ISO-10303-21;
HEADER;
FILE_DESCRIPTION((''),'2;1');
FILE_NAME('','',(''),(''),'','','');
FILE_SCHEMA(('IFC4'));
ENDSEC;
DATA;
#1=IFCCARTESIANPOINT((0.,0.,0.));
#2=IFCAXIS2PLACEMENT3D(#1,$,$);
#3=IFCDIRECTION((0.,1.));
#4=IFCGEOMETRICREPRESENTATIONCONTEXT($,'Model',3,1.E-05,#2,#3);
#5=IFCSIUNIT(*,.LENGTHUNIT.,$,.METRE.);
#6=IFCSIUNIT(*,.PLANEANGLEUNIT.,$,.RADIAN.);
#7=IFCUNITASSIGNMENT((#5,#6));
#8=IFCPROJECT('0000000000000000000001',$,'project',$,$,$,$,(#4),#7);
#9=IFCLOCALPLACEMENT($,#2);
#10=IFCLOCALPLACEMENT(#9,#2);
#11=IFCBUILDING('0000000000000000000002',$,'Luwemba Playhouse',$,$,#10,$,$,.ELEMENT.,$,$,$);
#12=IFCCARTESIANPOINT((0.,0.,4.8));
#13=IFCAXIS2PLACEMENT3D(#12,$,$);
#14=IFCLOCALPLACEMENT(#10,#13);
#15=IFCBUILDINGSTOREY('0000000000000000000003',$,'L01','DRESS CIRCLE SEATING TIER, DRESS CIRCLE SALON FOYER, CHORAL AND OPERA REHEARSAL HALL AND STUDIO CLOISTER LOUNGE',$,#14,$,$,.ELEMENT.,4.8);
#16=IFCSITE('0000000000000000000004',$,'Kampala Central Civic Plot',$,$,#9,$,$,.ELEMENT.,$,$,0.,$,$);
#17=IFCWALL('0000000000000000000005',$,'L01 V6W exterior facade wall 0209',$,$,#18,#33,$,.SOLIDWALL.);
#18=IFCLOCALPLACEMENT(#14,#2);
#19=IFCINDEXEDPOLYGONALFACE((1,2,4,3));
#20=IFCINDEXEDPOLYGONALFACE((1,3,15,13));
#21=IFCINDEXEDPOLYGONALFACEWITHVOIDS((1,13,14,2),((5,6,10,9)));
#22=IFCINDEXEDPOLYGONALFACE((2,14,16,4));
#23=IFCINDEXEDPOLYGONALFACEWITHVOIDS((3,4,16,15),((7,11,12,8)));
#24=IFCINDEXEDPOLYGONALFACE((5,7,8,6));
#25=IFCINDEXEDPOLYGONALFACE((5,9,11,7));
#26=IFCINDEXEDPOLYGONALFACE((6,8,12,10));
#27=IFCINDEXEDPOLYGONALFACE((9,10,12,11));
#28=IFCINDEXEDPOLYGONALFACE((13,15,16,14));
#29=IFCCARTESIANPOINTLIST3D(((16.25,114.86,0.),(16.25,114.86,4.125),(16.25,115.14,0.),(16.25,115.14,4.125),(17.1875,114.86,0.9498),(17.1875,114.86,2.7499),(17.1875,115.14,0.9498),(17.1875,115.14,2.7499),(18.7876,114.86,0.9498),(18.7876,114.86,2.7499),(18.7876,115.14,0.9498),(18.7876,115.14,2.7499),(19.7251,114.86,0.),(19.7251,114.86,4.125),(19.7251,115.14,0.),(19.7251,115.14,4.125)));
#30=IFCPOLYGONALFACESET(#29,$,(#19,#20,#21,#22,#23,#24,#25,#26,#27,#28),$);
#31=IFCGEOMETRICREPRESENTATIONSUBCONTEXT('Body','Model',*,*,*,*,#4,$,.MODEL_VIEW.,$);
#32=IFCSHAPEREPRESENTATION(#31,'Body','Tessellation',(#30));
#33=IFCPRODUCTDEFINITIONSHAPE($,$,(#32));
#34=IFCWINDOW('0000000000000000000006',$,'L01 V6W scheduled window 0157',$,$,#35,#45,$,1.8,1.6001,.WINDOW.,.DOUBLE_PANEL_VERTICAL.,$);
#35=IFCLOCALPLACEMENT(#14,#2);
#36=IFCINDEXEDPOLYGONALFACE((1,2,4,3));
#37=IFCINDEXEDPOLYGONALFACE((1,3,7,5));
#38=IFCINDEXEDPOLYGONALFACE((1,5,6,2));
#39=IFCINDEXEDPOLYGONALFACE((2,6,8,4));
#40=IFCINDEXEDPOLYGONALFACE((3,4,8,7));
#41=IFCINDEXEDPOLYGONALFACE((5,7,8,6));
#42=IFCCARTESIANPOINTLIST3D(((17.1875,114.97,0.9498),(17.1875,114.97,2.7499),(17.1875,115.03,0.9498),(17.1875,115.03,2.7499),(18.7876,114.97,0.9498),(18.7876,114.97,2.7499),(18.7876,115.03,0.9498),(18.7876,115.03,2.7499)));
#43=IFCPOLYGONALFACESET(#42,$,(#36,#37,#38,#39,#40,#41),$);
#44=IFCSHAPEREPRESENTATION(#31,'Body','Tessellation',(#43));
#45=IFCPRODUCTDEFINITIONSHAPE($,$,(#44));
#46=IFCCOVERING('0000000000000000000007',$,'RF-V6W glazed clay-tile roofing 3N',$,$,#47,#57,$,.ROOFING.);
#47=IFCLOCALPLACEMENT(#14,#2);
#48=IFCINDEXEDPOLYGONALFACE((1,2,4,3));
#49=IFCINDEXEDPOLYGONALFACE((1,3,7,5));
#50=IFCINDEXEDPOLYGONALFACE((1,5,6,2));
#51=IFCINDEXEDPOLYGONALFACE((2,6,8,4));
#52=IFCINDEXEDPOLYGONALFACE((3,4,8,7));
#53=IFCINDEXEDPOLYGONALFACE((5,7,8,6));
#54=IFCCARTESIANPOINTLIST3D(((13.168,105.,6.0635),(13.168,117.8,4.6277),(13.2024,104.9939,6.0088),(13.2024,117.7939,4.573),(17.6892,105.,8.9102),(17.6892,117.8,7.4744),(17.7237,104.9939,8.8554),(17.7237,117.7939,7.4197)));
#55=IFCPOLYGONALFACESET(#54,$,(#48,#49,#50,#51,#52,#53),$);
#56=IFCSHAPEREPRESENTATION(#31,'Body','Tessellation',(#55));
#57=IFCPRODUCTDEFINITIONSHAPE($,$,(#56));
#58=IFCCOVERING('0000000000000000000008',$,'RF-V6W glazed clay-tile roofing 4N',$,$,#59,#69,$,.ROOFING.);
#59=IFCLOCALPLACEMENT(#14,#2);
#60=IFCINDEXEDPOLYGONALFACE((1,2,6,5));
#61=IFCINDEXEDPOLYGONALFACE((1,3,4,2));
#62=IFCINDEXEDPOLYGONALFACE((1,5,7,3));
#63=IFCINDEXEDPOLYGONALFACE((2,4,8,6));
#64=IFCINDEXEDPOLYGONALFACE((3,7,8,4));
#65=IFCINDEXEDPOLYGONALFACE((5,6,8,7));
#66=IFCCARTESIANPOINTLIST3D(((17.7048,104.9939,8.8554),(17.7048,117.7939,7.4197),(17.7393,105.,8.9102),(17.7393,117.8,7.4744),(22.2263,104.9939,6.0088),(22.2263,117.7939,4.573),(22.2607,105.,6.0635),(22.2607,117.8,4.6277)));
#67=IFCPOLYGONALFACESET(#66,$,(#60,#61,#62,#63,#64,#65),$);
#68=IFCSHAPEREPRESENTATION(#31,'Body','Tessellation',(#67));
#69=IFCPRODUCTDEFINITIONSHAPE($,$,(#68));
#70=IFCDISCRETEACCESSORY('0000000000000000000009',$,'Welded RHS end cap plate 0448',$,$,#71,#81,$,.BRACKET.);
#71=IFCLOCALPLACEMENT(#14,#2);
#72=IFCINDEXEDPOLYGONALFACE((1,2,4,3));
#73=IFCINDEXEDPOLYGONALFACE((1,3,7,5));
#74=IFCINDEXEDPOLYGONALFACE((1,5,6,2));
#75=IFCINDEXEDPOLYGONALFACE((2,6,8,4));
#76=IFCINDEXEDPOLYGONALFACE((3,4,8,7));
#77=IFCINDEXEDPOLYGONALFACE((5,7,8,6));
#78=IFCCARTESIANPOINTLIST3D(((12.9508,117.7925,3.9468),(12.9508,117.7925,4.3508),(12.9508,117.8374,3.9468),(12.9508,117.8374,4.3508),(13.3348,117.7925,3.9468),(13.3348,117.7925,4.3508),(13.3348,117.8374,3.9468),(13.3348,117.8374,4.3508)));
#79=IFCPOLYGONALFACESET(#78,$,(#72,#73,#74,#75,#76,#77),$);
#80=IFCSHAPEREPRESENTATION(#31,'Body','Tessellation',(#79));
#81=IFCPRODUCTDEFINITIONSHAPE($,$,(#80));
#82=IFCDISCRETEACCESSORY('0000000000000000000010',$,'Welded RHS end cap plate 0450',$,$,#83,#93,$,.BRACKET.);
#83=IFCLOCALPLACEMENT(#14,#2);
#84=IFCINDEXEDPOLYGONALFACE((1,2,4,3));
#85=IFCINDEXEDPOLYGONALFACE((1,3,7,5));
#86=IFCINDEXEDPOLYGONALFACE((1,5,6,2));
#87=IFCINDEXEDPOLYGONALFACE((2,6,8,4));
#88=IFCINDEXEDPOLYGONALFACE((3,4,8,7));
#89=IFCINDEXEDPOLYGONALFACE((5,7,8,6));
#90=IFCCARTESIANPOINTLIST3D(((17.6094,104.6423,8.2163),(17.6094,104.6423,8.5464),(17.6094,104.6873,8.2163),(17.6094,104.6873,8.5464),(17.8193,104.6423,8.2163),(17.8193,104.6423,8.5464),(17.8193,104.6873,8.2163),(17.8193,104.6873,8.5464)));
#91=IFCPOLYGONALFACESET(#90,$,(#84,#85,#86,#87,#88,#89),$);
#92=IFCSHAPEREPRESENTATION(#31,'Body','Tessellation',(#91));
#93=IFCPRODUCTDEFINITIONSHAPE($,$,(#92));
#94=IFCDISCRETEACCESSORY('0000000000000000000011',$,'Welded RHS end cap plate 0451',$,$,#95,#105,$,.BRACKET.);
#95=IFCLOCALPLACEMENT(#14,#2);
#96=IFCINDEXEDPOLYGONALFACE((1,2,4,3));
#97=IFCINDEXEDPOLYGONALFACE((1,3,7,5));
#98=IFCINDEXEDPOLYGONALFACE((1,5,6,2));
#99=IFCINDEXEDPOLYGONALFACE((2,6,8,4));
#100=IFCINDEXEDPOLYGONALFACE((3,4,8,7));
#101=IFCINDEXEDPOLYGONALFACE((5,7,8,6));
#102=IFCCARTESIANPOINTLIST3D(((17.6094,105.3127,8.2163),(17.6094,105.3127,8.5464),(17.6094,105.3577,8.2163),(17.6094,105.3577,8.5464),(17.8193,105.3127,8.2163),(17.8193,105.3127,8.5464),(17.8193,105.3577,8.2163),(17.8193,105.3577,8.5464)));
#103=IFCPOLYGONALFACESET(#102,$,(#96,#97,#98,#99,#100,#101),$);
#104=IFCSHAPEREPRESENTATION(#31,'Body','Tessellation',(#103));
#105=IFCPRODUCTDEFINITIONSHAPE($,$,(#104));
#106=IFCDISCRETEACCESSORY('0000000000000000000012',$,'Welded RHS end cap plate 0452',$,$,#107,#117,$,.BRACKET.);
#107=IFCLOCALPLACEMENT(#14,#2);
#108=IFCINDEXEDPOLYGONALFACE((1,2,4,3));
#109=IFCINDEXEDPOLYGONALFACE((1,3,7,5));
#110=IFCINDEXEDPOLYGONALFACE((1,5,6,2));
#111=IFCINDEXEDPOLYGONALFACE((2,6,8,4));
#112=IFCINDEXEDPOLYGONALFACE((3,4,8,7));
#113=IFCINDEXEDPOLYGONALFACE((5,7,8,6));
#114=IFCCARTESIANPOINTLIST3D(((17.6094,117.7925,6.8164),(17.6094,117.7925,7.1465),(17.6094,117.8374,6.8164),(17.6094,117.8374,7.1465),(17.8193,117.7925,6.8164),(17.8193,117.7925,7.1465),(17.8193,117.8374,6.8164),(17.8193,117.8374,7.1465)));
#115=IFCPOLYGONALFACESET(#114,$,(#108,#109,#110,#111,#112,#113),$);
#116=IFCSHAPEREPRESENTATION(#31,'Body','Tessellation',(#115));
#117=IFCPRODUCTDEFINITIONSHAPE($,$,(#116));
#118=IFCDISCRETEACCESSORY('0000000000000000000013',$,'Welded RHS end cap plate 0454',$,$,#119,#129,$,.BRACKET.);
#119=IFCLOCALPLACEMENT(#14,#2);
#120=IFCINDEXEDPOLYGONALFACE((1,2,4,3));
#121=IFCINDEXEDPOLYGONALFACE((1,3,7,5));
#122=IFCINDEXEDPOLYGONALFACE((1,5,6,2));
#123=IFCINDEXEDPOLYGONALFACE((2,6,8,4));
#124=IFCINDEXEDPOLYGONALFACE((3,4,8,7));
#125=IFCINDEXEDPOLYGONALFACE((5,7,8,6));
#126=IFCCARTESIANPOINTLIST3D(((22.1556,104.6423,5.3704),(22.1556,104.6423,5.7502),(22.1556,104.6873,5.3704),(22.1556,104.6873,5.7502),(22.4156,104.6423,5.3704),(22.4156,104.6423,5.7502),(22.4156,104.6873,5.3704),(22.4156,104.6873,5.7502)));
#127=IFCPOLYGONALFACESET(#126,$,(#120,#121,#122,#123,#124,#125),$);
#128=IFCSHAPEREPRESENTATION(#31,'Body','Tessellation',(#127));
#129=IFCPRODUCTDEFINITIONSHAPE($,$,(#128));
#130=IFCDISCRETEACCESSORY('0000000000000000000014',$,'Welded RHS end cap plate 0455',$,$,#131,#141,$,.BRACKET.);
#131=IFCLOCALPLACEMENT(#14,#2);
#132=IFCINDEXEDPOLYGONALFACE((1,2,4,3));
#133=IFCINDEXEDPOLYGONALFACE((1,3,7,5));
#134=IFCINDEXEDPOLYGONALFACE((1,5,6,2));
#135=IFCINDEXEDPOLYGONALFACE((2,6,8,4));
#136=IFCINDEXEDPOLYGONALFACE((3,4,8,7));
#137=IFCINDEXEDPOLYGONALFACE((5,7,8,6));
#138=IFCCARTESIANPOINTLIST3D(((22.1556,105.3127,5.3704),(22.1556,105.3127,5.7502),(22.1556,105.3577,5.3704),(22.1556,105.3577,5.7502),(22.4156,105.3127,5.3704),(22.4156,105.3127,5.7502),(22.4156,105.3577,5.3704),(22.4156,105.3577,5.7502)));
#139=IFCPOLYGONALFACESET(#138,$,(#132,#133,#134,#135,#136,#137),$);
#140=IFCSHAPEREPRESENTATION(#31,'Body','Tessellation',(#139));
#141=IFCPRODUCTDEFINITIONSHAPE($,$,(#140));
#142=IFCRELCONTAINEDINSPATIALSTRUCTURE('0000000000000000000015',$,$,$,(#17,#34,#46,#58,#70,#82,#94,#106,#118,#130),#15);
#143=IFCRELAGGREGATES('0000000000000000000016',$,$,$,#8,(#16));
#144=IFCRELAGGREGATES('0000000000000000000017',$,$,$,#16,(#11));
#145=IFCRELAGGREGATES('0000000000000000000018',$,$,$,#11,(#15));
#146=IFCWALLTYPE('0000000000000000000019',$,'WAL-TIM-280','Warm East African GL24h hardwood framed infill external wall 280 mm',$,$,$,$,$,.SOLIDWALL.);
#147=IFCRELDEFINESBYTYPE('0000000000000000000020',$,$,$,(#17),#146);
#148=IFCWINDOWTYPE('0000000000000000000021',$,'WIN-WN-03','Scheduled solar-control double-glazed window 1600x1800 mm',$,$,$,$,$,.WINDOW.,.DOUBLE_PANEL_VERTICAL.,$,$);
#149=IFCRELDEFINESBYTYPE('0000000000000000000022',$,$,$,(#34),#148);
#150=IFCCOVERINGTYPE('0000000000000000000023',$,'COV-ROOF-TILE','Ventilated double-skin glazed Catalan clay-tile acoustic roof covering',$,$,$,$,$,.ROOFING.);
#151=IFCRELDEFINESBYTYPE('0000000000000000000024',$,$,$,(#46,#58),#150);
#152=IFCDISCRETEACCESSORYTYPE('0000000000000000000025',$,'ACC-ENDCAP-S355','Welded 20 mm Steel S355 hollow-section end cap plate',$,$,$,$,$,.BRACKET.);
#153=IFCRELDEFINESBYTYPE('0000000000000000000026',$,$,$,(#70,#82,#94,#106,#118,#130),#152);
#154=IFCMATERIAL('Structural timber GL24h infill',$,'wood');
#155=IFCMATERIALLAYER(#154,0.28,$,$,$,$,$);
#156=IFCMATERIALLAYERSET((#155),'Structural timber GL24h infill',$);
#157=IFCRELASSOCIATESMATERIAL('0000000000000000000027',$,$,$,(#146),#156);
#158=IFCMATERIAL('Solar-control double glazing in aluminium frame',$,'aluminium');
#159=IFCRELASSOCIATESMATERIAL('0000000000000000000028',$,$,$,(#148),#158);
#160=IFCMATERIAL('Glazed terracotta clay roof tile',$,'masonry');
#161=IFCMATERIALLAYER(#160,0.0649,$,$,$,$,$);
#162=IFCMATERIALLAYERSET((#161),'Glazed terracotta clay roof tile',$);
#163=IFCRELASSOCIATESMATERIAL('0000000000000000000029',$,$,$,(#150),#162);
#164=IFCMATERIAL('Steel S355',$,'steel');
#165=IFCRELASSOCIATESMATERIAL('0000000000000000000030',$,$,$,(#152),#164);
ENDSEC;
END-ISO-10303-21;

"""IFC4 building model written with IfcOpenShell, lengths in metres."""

from ifc_helpers import new_model, si_unit, direction, frame, frame_2d, origin, origin_2d, place, context, subcontext, project, spatial, polyline, rectangle, outline, extrude, material, layer, layer_set, type_object, element, fill, save


model = new_model("IFC4")

# Units and contexts
model_context = context("Model", 3, precision=1e-05, world=origin(), true_north=direction((0.0, 1.0)))
body_context = subcontext(model_context, "Body", "Model", "MODEL_VIEW")
ifc_project = project(units=[si_unit("LENGTHUNIT", "METRE"), si_unit("PLANEANGLEUNIT", "RADIAN")], contexts=[model_context])

# Site, building, storey
site_placement = place(None, origin())
site = spatial("IfcSite", under=ifc_project, at=site_placement, Name="Kampala Central Civic Plot", CompositionType="ELEMENT", RefElevation=0.0)
building_placement = place(site_placement, origin())
building = spatial("IfcBuilding", under=site, at=building_placement, Name="Luwemba Playhouse", CompositionType="ELEMENT")
storey_placement = place(building_placement, frame((0.0, 0.0, 4.8)))
storey = spatial("IfcBuildingStorey", under=building, at=storey_placement, Name="L01", Description="DRESS CIRCLE SEATING TIER, DRESS CIRCLE SALON FOYER, CHORAL AND OPERA REHEARSAL HALL AND STUDIO CLOISTER LOUNGE", CompositionType="ELEMENT", Elevation=4.8)

# Shared definitions
ifc_material_1 = material(Name="Steel S355", Category="steel")

# Wall, opening, window
ifc_material_2 = material(Name="Solar-control double glazing in aluminium frame", Category="aluminium")
ifc_material_3 = material(Name="Structural timber GL24h infill", Category="wood")
ifc_layer_1 = layer(ifc_material_3, 0.28)
ifc_layer_set_1 = layer_set([ifc_layer_1], Name="Structural timber GL24h infill")
wall_type_1 = type_object("IfcWallType", Name="WAL-TIM-280", Description="Warm East African GL24h hardwood framed infill external wall 280 mm", PredefinedType="SOLIDWALL", material=ifc_layer_set_1)
wall_1_placement = place(storey_placement, frame((16.25, 115.0, 0.0), z_axis=(0.0, 0.0, 1.0), x_axis=(1.0, 0.0, 0.0)))
wall_1 = element("IfcWall", 1, at=wall_1_placement, inside=storey, type_object=wall_type_1, Name="L01 V6W exterior facade wall 0209", PredefinedType="SOLIDWALL", context=body_context, shape_type="SweptSolid", body=[
    extrude(rectangle(XDim=3.4751, YDim=0.28, at=frame_2d((1.7375, 0.0))), origin(), (0.0, 0.0, 1.0), 4.125),
])
opening_1_placement = place(wall_1_placement, frame((0.9375, 0.0, 0.95)))
opening_1 = element("IfcOpeningElement", 2, at=opening_1_placement, cuts=wall_1, PredefinedType="OPENING", context=body_context, shape_type="SweptSolid", body=[
    extrude(rectangle(XDim=1.6001, YDim=1.8, at=frame_2d((0.8, 0.8999))), frame((0.0, 0.1499, 0.0), z_axis=(0.0, -1.0, 0.0), x_axis=(1.0, 0.0, 0.0)), (0.0, 0.0, 1.0), 0.3),
])
window_type_1 = type_object("IfcWindowType", Name="WIN-WN-03", Description="Scheduled solar-control double-glazed window 1600x1800 mm", PartitioningType="DOUBLE_PANEL_VERTICAL", PredefinedType="WINDOW", material=ifc_material_2)
window_1_placement = place(opening_1_placement, origin())
window_1 = element("IfcWindow", 3, at=window_1_placement, inside=storey, type_object=window_type_1, Name="L01 V6W scheduled window 0157", OverallHeight=1.8, OverallWidth=1.6001, PartitioningType="DOUBLE_PANEL_VERTICAL", PredefinedType="WINDOW", context=body_context, shape_type="SweptSolid", body=[
    extrude(rectangle(XDim=1.6001, YDim=1.8, at=frame_2d((0.8, 0.8999))), frame((0.0, 0.03, 0.0), z_axis=(0.0, -1.0, 0.0), x_axis=(1.0, 0.0, 0.0)), (0.0, 0.0, 1.0), 0.0601),
])
fill(opening_1, window_1)

# Coverings
ifc_material_4 = material(Name="Glazed terracotta clay roof tile", Category="masonry")
ifc_layer_2 = layer(ifc_material_4, 0.0649)
ifc_layer_set_2 = layer_set([ifc_layer_2], Name="Glazed terracotta clay roof tile")
covering_type = type_object("IfcCoveringType", Name="COV-ROOF-TILE", Description="Ventilated double-skin glazed Catalan clay-tile acoustic roof covering", PredefinedType="ROOFING", material=ifc_layer_set_2)
covering_1_placement = place(storey_placement, frame((13.168, 105.0, 6.0635), z_axis=(-0.530425, 0.094498, 0.842448), x_axis=(0.846235, 0.0, 0.53281)))
element("IfcCovering", 4, at=covering_1_placement, inside=storey, type_object=covering_type, Name="RF-V6W glazed clay-tile roofing 3N", PredefinedType="ROOFING", context=body_context, shape_type="SweptSolid", body=[
    extrude(outline(polyline([(0.0, 0.0), (5.3428, 0.0), (4.5778, 12.8576), (-0.765, 12.8576), (0.0, 0.0)])), origin(), (0.0, 0.0, -1.0), 0.0649),
])
covering_2_placement = place(storey_placement, frame((17.7393, 105.0, 8.9102), z_axis=(0.530405, 0.094499, 0.842461), x_axis=(0.846248, 0.0, -0.532789)))
element("IfcCovering", 5, at=covering_2_placement, inside=storey, type_object=covering_type, Name="RF-V6W glazed clay-tile roofing 4N", PredefinedType="ROOFING", context=body_context, shape_type="SweptSolid", body=[
    extrude(outline(polyline([(0.0, 0.0), (5.343, 0.0), (6.108, 12.8576), (0.765, 12.8576), (0.0, 0.0)])), origin(), (0.0, 0.0, -1.0), 0.0649),
])

# Discrete accessories
discrete_accessory_type = type_object("IfcDiscreteAccessoryType", Name="ACC-ENDCAP-S355", Description="Welded 20 mm Steel S355 hollow-section end cap plate", PredefinedType="BRACKET", material=ifc_material_1)
discrete_accessory_placement = place(storey_placement, frame((13.1428, 117.8149, 3.9468), z_axis=(0.0, 0.0, 1.0), x_axis=(1.0, 0.0, 0.0)))
element("IfcDiscreteAccessory", 6, at=discrete_accessory_placement, inside=storey, type_object=discrete_accessory_type, Name="Welded RHS end cap plate 0448", PredefinedType="BRACKET", context=body_context, shape_type="SweptSolid", body=[
    extrude(rectangle(XDim=0.384, YDim=0.0449, at=origin_2d()), origin(), (0.0, 0.0, 1.0), 0.4041),
])
for number, where, z_axis, x_axis, name in (
    (7, (17.7144, 104.6648, 8.2163), (0.0, 0.0, 1.0), (1.0, 0.0, 0.0), "Welded RHS end cap plate 0450"),
    (8, (17.7144, 105.3352, 8.2163), (0.0, 0.0, 1.0), (1.0, 0.0, 0.0), "Welded RHS end cap plate 0451"),
    (9, (17.7144, 117.8149, 6.8164), (0.0, 0.0, 1.0), (1.0, 0.0, 0.0), "Welded RHS end cap plate 0452"),
):
    element("IfcDiscreteAccessory", number, at=place(storey_placement, frame(where, z_axis=z_axis, x_axis=x_axis)), inside=storey, type_object=discrete_accessory_type, Name=name, PredefinedType="BRACKET", context=body_context, shape_type="SweptSolid", body=[
        extrude(rectangle(XDim=0.21, YDim=0.0449, at=origin_2d()), origin(), (0.0, 0.0, 1.0), 0.3301),
    ])
for number, where, z_axis, x_axis, name in (
    (10, (22.2856, 104.6648, 5.3704), (0.0, 0.0, 1.0), (1.0, 0.0, 0.0), "Welded RHS end cap plate 0454"),
    (11, (22.2856, 105.3352, 5.3704), (0.0, 0.0, 1.0), (1.0, 0.0, 0.0), "Welded RHS end cap plate 0455"),
):
    element("IfcDiscreteAccessory", number, at=place(storey_placement, frame(where, z_axis=z_axis, x_axis=x_axis)), inside=storey, type_object=discrete_accessory_type, Name=name, PredefinedType="BRACKET", context=body_context, shape_type="SweptSolid", body=[
        extrude(rectangle(XDim=0.26, YDim=0.0449, at=origin_2d()), origin(), (0.0, 0.0, 1.0), 0.3799),
    ])

save(model, "model.ifc")
